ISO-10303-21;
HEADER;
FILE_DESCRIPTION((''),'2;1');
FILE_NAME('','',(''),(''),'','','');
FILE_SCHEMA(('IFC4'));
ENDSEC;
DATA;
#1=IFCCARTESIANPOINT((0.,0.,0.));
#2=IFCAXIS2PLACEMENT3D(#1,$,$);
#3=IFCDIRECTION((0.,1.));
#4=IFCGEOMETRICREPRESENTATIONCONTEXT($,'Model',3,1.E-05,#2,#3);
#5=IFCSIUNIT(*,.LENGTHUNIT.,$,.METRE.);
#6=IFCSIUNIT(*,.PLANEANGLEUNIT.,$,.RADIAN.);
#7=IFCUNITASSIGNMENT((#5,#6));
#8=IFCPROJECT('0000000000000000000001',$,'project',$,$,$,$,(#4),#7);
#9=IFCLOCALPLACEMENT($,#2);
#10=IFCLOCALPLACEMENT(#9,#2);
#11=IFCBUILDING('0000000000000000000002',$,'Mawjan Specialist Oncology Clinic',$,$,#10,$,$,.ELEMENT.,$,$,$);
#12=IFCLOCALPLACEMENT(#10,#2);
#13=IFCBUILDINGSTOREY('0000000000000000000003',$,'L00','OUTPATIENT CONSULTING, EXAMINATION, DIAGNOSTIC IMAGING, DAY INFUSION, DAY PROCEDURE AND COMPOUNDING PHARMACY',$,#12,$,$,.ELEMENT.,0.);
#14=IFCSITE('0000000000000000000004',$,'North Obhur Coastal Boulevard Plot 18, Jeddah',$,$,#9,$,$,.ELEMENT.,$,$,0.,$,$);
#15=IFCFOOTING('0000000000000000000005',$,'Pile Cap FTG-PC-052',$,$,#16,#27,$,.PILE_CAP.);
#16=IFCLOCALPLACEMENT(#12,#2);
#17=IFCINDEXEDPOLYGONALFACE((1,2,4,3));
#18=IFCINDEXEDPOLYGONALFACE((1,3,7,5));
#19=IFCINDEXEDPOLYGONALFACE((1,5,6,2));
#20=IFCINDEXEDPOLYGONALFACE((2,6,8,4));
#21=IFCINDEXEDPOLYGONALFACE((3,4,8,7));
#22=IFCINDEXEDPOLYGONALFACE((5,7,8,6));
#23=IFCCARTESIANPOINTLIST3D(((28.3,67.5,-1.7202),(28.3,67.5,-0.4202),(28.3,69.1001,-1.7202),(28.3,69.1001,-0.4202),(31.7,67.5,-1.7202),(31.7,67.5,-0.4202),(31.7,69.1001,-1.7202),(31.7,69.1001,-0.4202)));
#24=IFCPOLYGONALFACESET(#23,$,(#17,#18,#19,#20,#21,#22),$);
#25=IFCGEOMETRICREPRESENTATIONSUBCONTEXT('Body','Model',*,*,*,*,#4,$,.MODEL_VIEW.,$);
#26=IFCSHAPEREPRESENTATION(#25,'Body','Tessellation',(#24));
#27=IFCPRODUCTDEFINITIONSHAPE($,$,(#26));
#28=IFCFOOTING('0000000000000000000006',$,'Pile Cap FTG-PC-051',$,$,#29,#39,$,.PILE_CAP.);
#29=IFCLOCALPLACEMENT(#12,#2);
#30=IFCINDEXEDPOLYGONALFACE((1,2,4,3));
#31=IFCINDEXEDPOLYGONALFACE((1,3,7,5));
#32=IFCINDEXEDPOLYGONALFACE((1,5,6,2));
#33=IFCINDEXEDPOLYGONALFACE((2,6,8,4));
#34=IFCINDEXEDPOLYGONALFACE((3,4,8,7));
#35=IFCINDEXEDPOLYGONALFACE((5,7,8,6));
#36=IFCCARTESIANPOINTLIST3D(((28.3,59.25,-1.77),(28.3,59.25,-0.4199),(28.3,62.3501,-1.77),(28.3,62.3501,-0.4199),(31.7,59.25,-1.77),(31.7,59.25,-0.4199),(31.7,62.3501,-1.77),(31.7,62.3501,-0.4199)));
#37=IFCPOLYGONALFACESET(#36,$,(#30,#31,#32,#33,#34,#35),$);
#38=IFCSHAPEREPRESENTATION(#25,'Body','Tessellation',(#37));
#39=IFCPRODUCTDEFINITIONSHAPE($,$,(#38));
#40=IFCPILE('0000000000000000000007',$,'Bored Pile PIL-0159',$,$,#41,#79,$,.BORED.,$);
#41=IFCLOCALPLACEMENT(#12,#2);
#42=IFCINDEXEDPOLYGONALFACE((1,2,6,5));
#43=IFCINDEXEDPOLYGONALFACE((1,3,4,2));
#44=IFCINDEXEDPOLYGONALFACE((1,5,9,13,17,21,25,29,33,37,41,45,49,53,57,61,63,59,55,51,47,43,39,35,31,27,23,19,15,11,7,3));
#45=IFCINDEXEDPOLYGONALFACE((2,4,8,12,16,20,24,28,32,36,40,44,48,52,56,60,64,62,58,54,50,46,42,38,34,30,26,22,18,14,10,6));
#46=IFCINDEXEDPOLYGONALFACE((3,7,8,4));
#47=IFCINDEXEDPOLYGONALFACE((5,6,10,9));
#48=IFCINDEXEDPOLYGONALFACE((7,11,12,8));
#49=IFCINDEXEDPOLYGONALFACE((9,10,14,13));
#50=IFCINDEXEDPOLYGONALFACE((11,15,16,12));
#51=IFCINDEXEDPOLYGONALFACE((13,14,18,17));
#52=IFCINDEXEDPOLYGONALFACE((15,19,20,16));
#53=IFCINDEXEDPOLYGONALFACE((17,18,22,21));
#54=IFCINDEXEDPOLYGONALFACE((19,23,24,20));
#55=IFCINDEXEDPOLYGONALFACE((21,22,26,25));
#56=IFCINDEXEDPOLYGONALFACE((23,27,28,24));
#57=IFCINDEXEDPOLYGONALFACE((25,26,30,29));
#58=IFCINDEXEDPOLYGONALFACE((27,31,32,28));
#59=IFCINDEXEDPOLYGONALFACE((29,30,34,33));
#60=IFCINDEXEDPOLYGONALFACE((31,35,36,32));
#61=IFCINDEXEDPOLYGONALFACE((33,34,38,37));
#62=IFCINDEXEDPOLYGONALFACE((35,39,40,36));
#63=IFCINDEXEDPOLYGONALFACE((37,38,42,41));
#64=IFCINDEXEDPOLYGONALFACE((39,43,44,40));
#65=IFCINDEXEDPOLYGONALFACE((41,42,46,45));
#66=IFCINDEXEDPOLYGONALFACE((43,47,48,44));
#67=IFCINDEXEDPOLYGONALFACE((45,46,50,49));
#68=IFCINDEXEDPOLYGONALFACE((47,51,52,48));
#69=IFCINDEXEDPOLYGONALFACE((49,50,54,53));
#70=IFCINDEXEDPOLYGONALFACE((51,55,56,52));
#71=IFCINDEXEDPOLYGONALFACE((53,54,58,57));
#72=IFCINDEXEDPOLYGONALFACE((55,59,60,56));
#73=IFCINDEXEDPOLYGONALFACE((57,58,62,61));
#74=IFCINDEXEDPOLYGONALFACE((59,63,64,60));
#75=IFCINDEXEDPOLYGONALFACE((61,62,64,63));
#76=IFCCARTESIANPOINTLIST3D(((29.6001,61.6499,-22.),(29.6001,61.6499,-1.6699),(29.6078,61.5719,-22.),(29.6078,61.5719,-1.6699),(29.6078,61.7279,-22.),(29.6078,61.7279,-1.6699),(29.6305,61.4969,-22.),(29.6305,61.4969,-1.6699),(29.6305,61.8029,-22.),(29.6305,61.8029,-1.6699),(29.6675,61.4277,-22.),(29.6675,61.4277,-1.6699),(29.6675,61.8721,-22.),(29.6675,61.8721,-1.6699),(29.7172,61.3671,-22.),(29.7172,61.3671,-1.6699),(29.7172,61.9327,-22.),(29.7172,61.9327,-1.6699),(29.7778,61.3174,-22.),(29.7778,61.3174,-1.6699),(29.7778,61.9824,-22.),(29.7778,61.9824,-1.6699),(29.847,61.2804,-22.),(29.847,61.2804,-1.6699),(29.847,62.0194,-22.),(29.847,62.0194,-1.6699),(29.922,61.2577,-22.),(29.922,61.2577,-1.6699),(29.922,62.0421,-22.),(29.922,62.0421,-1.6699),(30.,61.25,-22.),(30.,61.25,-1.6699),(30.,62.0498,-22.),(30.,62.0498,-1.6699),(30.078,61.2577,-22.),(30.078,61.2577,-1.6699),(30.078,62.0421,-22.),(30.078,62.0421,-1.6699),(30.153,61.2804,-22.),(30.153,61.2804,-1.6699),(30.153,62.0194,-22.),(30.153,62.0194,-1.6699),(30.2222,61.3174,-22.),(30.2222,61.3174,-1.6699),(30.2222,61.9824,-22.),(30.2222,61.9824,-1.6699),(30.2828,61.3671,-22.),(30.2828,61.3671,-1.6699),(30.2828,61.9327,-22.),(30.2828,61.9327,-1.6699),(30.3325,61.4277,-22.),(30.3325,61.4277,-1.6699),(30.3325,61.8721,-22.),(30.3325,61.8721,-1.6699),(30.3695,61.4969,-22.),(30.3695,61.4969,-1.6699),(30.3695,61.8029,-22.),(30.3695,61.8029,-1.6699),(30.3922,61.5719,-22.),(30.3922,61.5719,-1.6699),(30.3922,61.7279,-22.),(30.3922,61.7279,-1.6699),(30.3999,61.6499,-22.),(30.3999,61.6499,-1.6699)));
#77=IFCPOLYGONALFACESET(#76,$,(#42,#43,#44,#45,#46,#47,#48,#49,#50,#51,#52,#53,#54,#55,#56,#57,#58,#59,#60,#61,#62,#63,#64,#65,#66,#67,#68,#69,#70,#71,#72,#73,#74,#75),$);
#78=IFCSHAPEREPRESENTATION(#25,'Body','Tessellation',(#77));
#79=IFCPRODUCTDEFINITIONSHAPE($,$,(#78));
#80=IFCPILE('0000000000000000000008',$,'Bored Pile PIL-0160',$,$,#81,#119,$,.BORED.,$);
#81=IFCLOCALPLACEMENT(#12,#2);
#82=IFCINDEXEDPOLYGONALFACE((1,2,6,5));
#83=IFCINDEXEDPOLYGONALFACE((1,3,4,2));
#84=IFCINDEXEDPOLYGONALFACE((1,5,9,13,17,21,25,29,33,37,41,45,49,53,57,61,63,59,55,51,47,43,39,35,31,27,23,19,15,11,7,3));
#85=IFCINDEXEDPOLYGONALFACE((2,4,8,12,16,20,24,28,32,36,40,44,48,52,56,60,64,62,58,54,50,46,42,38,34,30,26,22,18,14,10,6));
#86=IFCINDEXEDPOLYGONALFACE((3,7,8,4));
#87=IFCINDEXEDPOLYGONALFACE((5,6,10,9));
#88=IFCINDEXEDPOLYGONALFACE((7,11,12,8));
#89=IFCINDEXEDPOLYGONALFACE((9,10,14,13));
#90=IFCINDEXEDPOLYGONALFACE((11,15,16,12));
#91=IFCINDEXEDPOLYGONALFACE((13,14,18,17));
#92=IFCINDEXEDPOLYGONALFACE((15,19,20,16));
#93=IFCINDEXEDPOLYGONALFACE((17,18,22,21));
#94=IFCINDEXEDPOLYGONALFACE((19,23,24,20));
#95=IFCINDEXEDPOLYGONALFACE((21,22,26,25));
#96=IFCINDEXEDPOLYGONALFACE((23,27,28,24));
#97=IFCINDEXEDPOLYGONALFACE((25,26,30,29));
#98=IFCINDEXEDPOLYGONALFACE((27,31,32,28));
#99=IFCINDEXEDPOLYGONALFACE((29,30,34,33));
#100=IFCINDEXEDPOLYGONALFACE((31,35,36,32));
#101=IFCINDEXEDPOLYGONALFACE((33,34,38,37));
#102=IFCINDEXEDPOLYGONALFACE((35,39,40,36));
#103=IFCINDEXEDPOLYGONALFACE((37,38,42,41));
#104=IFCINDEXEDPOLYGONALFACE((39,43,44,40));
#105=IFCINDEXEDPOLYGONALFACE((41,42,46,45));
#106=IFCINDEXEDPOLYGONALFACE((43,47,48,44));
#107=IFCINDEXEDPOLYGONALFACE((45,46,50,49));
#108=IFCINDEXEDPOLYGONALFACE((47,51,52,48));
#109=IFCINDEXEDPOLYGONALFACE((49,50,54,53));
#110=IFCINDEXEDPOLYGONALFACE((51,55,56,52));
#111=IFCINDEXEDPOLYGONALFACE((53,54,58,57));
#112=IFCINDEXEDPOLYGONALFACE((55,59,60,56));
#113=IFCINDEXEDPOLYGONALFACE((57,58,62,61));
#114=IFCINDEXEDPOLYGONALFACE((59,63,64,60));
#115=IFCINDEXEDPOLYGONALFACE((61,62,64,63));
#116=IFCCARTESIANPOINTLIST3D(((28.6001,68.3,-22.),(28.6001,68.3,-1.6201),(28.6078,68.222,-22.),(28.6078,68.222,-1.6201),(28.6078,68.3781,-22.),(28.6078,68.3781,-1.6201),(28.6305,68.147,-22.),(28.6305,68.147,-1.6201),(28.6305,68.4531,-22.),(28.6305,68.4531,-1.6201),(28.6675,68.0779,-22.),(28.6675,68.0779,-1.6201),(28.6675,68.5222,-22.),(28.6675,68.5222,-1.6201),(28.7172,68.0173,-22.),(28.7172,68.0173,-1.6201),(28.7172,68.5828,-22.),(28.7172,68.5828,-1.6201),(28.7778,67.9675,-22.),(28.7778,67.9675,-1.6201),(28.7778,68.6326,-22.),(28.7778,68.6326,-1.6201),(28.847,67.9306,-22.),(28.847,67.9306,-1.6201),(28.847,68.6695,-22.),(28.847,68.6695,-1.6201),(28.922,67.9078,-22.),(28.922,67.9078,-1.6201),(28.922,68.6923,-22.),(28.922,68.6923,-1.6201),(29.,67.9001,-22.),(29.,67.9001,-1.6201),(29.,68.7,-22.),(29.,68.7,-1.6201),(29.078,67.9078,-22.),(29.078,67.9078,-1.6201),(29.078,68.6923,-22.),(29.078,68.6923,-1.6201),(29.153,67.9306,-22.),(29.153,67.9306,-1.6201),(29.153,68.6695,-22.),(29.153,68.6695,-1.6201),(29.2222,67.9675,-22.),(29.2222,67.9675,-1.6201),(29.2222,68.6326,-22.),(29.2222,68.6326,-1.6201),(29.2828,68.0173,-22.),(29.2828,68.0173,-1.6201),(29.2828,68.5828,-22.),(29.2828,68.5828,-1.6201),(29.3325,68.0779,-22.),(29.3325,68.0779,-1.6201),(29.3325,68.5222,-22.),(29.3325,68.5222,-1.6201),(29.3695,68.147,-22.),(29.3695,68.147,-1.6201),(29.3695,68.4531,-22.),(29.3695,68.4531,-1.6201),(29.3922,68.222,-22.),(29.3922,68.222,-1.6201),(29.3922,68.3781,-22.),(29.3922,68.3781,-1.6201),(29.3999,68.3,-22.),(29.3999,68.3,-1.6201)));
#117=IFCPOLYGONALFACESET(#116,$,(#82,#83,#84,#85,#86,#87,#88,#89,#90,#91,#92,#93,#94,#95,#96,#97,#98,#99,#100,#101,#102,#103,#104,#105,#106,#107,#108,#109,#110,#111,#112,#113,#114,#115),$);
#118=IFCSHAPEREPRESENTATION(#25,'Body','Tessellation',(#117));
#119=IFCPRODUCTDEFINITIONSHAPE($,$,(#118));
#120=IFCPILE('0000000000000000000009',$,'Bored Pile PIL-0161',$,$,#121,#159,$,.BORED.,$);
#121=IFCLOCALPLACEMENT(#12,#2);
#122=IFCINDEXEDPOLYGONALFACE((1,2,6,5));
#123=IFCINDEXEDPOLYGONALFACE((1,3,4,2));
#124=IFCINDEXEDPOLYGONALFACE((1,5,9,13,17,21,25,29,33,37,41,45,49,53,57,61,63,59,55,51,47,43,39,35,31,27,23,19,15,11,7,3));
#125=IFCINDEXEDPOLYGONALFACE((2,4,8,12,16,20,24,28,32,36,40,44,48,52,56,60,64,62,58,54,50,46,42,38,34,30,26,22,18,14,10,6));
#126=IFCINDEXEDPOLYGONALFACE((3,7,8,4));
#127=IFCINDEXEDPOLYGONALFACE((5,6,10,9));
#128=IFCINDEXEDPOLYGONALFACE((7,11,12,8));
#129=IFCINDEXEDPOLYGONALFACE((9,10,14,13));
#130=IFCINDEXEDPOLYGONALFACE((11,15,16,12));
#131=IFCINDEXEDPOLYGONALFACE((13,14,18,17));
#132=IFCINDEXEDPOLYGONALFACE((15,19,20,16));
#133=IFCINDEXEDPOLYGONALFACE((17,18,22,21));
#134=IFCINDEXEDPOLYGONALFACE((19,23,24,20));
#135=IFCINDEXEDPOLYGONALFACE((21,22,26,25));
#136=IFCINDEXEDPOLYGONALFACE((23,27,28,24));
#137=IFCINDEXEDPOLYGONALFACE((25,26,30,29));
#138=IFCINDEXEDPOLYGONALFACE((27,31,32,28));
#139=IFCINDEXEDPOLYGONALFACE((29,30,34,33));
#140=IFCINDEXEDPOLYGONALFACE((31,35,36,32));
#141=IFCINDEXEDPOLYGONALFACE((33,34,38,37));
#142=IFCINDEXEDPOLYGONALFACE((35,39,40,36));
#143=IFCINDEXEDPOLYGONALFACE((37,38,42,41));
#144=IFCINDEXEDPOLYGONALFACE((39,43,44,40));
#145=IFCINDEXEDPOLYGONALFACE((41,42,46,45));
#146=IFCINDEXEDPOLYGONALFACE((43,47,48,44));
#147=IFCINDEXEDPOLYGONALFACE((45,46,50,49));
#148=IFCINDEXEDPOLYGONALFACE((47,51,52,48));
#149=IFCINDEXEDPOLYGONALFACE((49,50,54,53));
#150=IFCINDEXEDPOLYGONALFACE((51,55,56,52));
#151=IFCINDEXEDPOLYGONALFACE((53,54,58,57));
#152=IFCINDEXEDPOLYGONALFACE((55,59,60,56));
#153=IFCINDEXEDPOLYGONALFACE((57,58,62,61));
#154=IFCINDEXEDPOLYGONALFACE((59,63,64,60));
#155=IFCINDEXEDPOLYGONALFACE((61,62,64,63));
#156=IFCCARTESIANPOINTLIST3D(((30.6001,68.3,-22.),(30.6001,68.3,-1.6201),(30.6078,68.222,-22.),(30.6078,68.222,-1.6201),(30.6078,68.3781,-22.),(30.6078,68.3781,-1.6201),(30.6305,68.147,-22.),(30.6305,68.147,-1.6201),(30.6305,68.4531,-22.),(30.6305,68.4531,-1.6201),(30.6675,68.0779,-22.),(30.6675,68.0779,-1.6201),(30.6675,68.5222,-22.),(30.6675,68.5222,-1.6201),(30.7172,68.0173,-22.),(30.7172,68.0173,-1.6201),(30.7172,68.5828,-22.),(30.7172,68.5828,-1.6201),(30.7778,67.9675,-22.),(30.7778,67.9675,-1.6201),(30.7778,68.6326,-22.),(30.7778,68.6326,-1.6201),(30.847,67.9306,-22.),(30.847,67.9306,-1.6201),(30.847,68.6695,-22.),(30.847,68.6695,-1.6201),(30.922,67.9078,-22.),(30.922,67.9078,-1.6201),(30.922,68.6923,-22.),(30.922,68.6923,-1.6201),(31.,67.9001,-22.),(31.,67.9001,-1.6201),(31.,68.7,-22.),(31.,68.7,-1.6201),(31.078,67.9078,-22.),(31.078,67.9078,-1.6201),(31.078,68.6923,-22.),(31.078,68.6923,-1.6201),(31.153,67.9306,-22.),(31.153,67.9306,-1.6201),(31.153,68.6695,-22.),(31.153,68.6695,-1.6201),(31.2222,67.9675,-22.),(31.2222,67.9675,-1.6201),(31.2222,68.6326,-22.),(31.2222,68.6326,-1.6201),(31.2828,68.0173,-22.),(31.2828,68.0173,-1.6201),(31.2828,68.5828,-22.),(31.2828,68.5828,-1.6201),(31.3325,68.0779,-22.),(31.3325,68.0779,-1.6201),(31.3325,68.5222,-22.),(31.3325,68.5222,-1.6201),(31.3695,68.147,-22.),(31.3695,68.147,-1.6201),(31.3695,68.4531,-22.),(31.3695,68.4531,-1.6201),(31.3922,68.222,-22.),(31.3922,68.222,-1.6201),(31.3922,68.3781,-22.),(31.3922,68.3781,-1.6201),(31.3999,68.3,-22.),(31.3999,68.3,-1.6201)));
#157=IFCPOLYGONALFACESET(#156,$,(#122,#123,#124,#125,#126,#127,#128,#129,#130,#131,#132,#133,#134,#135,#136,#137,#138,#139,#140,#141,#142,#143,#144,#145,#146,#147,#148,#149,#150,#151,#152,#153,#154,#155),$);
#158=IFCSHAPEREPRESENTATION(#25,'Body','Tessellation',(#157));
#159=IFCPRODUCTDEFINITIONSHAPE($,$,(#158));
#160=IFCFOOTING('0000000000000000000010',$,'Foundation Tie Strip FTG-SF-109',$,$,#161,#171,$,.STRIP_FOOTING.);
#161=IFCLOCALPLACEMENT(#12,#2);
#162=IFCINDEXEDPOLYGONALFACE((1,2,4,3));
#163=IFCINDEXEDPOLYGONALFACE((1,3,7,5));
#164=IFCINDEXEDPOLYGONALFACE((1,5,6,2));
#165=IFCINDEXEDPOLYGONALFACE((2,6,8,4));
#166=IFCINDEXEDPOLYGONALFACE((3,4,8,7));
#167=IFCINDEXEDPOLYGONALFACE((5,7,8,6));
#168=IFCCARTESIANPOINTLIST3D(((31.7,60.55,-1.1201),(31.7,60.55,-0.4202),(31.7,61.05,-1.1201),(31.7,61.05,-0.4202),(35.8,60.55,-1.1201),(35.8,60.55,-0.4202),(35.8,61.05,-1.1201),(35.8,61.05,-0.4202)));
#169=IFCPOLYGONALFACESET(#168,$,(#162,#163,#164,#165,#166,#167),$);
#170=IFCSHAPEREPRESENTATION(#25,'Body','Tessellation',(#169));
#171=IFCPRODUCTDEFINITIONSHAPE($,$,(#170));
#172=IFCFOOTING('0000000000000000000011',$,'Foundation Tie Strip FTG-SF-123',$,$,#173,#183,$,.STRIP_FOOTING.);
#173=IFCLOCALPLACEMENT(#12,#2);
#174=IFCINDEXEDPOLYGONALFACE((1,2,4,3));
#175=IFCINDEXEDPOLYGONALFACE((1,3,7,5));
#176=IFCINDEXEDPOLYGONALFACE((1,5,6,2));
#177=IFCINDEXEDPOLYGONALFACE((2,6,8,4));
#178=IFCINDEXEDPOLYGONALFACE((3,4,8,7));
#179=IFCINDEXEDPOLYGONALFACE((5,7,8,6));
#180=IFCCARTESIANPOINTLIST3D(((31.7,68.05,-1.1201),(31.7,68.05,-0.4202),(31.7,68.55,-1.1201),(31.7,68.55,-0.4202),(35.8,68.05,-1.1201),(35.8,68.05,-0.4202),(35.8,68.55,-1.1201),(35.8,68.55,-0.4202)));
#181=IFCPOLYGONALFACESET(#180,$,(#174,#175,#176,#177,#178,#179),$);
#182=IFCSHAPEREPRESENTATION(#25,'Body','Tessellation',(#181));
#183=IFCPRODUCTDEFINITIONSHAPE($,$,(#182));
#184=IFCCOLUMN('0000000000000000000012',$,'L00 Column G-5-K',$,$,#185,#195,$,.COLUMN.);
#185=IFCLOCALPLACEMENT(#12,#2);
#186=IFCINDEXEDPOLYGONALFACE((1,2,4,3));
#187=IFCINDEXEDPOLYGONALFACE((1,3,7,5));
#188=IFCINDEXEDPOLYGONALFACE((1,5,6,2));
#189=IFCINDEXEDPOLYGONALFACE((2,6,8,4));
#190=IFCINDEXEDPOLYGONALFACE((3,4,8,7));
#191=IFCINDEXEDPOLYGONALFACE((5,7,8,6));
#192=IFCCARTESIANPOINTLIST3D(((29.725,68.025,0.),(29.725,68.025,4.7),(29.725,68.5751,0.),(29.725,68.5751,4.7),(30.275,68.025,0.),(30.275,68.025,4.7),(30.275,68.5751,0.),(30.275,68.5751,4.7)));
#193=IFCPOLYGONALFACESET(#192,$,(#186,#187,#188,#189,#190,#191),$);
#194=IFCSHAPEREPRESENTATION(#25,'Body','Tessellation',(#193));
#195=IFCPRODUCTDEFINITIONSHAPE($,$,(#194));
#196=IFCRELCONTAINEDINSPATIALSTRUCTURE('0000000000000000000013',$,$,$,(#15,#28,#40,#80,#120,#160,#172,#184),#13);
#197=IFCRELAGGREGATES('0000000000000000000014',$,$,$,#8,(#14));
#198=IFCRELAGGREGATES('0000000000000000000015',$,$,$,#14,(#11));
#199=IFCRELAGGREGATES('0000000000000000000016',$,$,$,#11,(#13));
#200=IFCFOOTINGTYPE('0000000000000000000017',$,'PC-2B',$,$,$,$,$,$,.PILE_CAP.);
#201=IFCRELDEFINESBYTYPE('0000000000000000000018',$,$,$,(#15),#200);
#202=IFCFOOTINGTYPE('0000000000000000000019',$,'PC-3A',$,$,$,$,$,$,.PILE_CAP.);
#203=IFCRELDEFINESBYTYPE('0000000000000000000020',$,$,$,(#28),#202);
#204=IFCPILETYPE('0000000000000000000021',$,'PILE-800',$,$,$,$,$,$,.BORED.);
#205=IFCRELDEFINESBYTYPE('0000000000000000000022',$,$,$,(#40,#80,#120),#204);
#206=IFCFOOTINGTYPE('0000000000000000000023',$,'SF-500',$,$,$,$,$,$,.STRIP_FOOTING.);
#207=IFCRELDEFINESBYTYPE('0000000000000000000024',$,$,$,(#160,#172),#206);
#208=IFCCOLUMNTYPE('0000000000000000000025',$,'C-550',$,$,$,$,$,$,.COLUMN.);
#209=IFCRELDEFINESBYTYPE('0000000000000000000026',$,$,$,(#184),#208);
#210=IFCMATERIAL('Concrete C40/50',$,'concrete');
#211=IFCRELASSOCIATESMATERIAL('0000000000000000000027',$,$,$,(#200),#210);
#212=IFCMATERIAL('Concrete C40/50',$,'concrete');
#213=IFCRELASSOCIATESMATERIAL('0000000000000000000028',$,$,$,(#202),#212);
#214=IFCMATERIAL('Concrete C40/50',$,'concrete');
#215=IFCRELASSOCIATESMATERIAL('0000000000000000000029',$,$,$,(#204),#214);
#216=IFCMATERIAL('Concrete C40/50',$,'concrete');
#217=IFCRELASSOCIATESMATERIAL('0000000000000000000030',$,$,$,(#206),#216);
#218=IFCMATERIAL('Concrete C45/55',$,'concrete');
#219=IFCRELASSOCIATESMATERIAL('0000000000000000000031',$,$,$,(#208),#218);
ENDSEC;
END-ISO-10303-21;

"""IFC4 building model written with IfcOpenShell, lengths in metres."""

from ifc_helpers import new_model, si_unit, direction, frame, origin, origin_2d, place, context, subcontext, project, spatial, rectangle, circle, extrude, material, material_profile, profile_set, type_object, element, save


model = new_model("IFC4")

# Units and contexts
model_context = context("Model", 3, precision=1e-05, world=origin(), true_north=direction((0.0, 1.0)))
body_context = subcontext(model_context, "Body", "Model", "MODEL_VIEW")
ifc_project = project(units=[si_unit("LENGTHUNIT", "METRE"), si_unit("PLANEANGLEUNIT", "RADIAN")], contexts=[model_context])

# Site, building, storey
site_placement = place(None, origin())
site = spatial("IfcSite", under=ifc_project, at=site_placement, Name="North Obhur Coastal Boulevard Plot 18, Jeddah", CompositionType="ELEMENT", RefElevation=0.0)
building_placement = place(site_placement, origin())
building = spatial("IfcBuilding", under=site, at=building_placement, Name="Mawjan Specialist Oncology Clinic", CompositionType="ELEMENT")
storey_placement = place(building_placement, origin())
storey = spatial("IfcBuildingStorey", under=building, at=storey_placement, Name="L00", Description="OUTPATIENT CONSULTING, EXAMINATION, DIAGNOSTIC IMAGING, DAY INFUSION, DAY PROCEDURE AND COMPOUNDING PHARMACY", CompositionType="ELEMENT", Elevation=0.0)

# Footings
ifc_material_1 = material(Name="Concrete C40/50", Category="concrete")
footing_type_1 = type_object("IfcFootingType", Name="PC-2B", PredefinedType="PILE_CAP", material=ifc_material_1)
footing_1_placement = place(storey_placement, frame((30.0, 68.3, -1.7202), z_axis=(0.0, 0.0, 1.0), x_axis=(1.0, 0.0, 0.0)))
element("IfcFooting", 1, at=footing_1_placement, inside=storey, type_object=footing_type_1, Name="Pile Cap FTG-PC-052", PredefinedType="PILE_CAP", context=body_context, shape_type="SweptSolid", body=[
    extrude(rectangle(XDim=3.3999, YDim=1.6001, at=origin_2d()), origin(), (0.0, 0.0, 1.0), 1.3),
])
ifc_material_2 = material(Name="Concrete C40/50", Category="concrete")
footing_type_2 = type_object("IfcFootingType", Name="PC-3A", PredefinedType="PILE_CAP", material=ifc_material_2)
footing_2_placement = place(storey_placement, frame((30.0, 60.8, -1.77), z_axis=(0.0, 0.0, 1.0), x_axis=(1.0, 0.0, 0.0)))
element("IfcFooting", 2, at=footing_2_placement, inside=storey, type_object=footing_type_2, Name="Pile Cap FTG-PC-051", PredefinedType="PILE_CAP", context=body_context, shape_type="SweptSolid", body=[
    extrude(rectangle(XDim=3.3999, YDim=3.1001, at=origin_2d()), origin(), (0.0, 0.0, 1.0), 1.3501),
])

# Piles
ifc_material_3 = material(Name="Concrete C40/50", Category="concrete")
ifc_material_profile_1 = material_profile(ifc_material_3, circle(Radius=0.3999, at=origin_2d()), Name="BORED PILE D800", Category="concrete")
ifc_profile_set_1 = profile_set([ifc_material_profile_1], Name="Concrete C40/50")
pile_type = type_object("IfcPileType", Name="PILE-800", PredefinedType="BORED", material=ifc_profile_set_1)
pile_placement = place(storey_placement, frame((30.0, 61.6499, -1.6699), z_axis=(0.0, 0.0, -1.0), x_axis=(1.0, 0.0, 0.0)))
element("IfcPile", 3, at=pile_placement, inside=storey, type_object=pile_type, Name="Bored Pile PIL-0159", PredefinedType="BORED", context=body_context, shape_type="SweptSolid", body=[
    extrude(circle(Radius=0.3999, at=origin_2d()), origin(), (0.0, 0.0, 1.0), 20.3301),
])
for number, where, z_axis, x_axis, name in (
    (4, (29.0, 68.3, -1.6201), (0.0, 0.0, -1.0), (1.0, 0.0, 0.0), "Bored Pile PIL-0160"),
    (5, (31.0, 68.3, -1.6201), (0.0, 0.0, -1.0), (1.0, 0.0, 0.0), "Bored Pile PIL-0161"),
):
    element("IfcPile", number, at=place(storey_placement, frame(where, z_axis=z_axis, x_axis=x_axis)), inside=storey, type_object=pile_type, Name=name, PredefinedType="BORED", context=body_context, shape_type="SweptSolid", body=[
        extrude(circle(Radius=0.3999, at=origin_2d()), origin(), (0.0, 0.0, 1.0), 20.3799),
    ])

# Footings
ifc_material_4 = material(Name="Concrete C40/50", Category="concrete")
footing_type_3 = type_object("IfcFootingType", Name="SF-500", PredefinedType="STRIP_FOOTING", material=ifc_material_4)
for number, where, z_axis, x_axis, name in (
    (6, (33.75, 60.8, -1.1201), (0.0, 0.0, 1.0), (1.0, 0.0, 0.0), "Foundation Tie Strip FTG-SF-109"),
    (7, (33.75, 68.3, -1.1201), (0.0, 0.0, 1.0), (1.0, 0.0, 0.0), "Foundation Tie Strip FTG-SF-123"),
):
    element("IfcFooting", number, at=place(storey_placement, frame(where, z_axis=z_axis, x_axis=x_axis)), inside=storey, type_object=footing_type_3, Name=name, PredefinedType="STRIP_FOOTING", context=body_context, shape_type="SweptSolid", body=[
        extrude(rectangle(XDim=4.1001, YDim=0.5, at=origin_2d()), origin(), (0.0, 0.0, 1.0), 0.7),
    ])

# Column
ifc_material_5 = material(Name="Concrete C45/55", Category="concrete")
ifc_material_profile_2 = material_profile(ifc_material_5, rectangle(XDim=0.55, YDim=0.55, at=origin_2d()), Name="RC COL 550x550", Category="concrete")
ifc_profile_set_2 = profile_set([ifc_material_profile_2], Name="Concrete C45/55")
column_type_1 = type_object("IfcColumnType", Name="C-550", PredefinedType="COLUMN", material=ifc_profile_set_2)
column_1_placement = place(storey_placement, frame((30.0, 68.3, 0.0), z_axis=(0.0, 0.0, 1.0), x_axis=(1.0, 0.0, 0.0)))
element("IfcColumn", 8, at=column_1_placement, inside=storey, type_object=column_type_1, Name="L00 Column G-5-K", PredefinedType="COLUMN", context=body_context, shape_type="SweptSolid", body=[
    extrude(rectangle(XDim=0.55, YDim=0.55, at=origin_2d()), origin(), (0.0, 0.0, 1.0), 4.7),
])

save(model, "model.ifc")
